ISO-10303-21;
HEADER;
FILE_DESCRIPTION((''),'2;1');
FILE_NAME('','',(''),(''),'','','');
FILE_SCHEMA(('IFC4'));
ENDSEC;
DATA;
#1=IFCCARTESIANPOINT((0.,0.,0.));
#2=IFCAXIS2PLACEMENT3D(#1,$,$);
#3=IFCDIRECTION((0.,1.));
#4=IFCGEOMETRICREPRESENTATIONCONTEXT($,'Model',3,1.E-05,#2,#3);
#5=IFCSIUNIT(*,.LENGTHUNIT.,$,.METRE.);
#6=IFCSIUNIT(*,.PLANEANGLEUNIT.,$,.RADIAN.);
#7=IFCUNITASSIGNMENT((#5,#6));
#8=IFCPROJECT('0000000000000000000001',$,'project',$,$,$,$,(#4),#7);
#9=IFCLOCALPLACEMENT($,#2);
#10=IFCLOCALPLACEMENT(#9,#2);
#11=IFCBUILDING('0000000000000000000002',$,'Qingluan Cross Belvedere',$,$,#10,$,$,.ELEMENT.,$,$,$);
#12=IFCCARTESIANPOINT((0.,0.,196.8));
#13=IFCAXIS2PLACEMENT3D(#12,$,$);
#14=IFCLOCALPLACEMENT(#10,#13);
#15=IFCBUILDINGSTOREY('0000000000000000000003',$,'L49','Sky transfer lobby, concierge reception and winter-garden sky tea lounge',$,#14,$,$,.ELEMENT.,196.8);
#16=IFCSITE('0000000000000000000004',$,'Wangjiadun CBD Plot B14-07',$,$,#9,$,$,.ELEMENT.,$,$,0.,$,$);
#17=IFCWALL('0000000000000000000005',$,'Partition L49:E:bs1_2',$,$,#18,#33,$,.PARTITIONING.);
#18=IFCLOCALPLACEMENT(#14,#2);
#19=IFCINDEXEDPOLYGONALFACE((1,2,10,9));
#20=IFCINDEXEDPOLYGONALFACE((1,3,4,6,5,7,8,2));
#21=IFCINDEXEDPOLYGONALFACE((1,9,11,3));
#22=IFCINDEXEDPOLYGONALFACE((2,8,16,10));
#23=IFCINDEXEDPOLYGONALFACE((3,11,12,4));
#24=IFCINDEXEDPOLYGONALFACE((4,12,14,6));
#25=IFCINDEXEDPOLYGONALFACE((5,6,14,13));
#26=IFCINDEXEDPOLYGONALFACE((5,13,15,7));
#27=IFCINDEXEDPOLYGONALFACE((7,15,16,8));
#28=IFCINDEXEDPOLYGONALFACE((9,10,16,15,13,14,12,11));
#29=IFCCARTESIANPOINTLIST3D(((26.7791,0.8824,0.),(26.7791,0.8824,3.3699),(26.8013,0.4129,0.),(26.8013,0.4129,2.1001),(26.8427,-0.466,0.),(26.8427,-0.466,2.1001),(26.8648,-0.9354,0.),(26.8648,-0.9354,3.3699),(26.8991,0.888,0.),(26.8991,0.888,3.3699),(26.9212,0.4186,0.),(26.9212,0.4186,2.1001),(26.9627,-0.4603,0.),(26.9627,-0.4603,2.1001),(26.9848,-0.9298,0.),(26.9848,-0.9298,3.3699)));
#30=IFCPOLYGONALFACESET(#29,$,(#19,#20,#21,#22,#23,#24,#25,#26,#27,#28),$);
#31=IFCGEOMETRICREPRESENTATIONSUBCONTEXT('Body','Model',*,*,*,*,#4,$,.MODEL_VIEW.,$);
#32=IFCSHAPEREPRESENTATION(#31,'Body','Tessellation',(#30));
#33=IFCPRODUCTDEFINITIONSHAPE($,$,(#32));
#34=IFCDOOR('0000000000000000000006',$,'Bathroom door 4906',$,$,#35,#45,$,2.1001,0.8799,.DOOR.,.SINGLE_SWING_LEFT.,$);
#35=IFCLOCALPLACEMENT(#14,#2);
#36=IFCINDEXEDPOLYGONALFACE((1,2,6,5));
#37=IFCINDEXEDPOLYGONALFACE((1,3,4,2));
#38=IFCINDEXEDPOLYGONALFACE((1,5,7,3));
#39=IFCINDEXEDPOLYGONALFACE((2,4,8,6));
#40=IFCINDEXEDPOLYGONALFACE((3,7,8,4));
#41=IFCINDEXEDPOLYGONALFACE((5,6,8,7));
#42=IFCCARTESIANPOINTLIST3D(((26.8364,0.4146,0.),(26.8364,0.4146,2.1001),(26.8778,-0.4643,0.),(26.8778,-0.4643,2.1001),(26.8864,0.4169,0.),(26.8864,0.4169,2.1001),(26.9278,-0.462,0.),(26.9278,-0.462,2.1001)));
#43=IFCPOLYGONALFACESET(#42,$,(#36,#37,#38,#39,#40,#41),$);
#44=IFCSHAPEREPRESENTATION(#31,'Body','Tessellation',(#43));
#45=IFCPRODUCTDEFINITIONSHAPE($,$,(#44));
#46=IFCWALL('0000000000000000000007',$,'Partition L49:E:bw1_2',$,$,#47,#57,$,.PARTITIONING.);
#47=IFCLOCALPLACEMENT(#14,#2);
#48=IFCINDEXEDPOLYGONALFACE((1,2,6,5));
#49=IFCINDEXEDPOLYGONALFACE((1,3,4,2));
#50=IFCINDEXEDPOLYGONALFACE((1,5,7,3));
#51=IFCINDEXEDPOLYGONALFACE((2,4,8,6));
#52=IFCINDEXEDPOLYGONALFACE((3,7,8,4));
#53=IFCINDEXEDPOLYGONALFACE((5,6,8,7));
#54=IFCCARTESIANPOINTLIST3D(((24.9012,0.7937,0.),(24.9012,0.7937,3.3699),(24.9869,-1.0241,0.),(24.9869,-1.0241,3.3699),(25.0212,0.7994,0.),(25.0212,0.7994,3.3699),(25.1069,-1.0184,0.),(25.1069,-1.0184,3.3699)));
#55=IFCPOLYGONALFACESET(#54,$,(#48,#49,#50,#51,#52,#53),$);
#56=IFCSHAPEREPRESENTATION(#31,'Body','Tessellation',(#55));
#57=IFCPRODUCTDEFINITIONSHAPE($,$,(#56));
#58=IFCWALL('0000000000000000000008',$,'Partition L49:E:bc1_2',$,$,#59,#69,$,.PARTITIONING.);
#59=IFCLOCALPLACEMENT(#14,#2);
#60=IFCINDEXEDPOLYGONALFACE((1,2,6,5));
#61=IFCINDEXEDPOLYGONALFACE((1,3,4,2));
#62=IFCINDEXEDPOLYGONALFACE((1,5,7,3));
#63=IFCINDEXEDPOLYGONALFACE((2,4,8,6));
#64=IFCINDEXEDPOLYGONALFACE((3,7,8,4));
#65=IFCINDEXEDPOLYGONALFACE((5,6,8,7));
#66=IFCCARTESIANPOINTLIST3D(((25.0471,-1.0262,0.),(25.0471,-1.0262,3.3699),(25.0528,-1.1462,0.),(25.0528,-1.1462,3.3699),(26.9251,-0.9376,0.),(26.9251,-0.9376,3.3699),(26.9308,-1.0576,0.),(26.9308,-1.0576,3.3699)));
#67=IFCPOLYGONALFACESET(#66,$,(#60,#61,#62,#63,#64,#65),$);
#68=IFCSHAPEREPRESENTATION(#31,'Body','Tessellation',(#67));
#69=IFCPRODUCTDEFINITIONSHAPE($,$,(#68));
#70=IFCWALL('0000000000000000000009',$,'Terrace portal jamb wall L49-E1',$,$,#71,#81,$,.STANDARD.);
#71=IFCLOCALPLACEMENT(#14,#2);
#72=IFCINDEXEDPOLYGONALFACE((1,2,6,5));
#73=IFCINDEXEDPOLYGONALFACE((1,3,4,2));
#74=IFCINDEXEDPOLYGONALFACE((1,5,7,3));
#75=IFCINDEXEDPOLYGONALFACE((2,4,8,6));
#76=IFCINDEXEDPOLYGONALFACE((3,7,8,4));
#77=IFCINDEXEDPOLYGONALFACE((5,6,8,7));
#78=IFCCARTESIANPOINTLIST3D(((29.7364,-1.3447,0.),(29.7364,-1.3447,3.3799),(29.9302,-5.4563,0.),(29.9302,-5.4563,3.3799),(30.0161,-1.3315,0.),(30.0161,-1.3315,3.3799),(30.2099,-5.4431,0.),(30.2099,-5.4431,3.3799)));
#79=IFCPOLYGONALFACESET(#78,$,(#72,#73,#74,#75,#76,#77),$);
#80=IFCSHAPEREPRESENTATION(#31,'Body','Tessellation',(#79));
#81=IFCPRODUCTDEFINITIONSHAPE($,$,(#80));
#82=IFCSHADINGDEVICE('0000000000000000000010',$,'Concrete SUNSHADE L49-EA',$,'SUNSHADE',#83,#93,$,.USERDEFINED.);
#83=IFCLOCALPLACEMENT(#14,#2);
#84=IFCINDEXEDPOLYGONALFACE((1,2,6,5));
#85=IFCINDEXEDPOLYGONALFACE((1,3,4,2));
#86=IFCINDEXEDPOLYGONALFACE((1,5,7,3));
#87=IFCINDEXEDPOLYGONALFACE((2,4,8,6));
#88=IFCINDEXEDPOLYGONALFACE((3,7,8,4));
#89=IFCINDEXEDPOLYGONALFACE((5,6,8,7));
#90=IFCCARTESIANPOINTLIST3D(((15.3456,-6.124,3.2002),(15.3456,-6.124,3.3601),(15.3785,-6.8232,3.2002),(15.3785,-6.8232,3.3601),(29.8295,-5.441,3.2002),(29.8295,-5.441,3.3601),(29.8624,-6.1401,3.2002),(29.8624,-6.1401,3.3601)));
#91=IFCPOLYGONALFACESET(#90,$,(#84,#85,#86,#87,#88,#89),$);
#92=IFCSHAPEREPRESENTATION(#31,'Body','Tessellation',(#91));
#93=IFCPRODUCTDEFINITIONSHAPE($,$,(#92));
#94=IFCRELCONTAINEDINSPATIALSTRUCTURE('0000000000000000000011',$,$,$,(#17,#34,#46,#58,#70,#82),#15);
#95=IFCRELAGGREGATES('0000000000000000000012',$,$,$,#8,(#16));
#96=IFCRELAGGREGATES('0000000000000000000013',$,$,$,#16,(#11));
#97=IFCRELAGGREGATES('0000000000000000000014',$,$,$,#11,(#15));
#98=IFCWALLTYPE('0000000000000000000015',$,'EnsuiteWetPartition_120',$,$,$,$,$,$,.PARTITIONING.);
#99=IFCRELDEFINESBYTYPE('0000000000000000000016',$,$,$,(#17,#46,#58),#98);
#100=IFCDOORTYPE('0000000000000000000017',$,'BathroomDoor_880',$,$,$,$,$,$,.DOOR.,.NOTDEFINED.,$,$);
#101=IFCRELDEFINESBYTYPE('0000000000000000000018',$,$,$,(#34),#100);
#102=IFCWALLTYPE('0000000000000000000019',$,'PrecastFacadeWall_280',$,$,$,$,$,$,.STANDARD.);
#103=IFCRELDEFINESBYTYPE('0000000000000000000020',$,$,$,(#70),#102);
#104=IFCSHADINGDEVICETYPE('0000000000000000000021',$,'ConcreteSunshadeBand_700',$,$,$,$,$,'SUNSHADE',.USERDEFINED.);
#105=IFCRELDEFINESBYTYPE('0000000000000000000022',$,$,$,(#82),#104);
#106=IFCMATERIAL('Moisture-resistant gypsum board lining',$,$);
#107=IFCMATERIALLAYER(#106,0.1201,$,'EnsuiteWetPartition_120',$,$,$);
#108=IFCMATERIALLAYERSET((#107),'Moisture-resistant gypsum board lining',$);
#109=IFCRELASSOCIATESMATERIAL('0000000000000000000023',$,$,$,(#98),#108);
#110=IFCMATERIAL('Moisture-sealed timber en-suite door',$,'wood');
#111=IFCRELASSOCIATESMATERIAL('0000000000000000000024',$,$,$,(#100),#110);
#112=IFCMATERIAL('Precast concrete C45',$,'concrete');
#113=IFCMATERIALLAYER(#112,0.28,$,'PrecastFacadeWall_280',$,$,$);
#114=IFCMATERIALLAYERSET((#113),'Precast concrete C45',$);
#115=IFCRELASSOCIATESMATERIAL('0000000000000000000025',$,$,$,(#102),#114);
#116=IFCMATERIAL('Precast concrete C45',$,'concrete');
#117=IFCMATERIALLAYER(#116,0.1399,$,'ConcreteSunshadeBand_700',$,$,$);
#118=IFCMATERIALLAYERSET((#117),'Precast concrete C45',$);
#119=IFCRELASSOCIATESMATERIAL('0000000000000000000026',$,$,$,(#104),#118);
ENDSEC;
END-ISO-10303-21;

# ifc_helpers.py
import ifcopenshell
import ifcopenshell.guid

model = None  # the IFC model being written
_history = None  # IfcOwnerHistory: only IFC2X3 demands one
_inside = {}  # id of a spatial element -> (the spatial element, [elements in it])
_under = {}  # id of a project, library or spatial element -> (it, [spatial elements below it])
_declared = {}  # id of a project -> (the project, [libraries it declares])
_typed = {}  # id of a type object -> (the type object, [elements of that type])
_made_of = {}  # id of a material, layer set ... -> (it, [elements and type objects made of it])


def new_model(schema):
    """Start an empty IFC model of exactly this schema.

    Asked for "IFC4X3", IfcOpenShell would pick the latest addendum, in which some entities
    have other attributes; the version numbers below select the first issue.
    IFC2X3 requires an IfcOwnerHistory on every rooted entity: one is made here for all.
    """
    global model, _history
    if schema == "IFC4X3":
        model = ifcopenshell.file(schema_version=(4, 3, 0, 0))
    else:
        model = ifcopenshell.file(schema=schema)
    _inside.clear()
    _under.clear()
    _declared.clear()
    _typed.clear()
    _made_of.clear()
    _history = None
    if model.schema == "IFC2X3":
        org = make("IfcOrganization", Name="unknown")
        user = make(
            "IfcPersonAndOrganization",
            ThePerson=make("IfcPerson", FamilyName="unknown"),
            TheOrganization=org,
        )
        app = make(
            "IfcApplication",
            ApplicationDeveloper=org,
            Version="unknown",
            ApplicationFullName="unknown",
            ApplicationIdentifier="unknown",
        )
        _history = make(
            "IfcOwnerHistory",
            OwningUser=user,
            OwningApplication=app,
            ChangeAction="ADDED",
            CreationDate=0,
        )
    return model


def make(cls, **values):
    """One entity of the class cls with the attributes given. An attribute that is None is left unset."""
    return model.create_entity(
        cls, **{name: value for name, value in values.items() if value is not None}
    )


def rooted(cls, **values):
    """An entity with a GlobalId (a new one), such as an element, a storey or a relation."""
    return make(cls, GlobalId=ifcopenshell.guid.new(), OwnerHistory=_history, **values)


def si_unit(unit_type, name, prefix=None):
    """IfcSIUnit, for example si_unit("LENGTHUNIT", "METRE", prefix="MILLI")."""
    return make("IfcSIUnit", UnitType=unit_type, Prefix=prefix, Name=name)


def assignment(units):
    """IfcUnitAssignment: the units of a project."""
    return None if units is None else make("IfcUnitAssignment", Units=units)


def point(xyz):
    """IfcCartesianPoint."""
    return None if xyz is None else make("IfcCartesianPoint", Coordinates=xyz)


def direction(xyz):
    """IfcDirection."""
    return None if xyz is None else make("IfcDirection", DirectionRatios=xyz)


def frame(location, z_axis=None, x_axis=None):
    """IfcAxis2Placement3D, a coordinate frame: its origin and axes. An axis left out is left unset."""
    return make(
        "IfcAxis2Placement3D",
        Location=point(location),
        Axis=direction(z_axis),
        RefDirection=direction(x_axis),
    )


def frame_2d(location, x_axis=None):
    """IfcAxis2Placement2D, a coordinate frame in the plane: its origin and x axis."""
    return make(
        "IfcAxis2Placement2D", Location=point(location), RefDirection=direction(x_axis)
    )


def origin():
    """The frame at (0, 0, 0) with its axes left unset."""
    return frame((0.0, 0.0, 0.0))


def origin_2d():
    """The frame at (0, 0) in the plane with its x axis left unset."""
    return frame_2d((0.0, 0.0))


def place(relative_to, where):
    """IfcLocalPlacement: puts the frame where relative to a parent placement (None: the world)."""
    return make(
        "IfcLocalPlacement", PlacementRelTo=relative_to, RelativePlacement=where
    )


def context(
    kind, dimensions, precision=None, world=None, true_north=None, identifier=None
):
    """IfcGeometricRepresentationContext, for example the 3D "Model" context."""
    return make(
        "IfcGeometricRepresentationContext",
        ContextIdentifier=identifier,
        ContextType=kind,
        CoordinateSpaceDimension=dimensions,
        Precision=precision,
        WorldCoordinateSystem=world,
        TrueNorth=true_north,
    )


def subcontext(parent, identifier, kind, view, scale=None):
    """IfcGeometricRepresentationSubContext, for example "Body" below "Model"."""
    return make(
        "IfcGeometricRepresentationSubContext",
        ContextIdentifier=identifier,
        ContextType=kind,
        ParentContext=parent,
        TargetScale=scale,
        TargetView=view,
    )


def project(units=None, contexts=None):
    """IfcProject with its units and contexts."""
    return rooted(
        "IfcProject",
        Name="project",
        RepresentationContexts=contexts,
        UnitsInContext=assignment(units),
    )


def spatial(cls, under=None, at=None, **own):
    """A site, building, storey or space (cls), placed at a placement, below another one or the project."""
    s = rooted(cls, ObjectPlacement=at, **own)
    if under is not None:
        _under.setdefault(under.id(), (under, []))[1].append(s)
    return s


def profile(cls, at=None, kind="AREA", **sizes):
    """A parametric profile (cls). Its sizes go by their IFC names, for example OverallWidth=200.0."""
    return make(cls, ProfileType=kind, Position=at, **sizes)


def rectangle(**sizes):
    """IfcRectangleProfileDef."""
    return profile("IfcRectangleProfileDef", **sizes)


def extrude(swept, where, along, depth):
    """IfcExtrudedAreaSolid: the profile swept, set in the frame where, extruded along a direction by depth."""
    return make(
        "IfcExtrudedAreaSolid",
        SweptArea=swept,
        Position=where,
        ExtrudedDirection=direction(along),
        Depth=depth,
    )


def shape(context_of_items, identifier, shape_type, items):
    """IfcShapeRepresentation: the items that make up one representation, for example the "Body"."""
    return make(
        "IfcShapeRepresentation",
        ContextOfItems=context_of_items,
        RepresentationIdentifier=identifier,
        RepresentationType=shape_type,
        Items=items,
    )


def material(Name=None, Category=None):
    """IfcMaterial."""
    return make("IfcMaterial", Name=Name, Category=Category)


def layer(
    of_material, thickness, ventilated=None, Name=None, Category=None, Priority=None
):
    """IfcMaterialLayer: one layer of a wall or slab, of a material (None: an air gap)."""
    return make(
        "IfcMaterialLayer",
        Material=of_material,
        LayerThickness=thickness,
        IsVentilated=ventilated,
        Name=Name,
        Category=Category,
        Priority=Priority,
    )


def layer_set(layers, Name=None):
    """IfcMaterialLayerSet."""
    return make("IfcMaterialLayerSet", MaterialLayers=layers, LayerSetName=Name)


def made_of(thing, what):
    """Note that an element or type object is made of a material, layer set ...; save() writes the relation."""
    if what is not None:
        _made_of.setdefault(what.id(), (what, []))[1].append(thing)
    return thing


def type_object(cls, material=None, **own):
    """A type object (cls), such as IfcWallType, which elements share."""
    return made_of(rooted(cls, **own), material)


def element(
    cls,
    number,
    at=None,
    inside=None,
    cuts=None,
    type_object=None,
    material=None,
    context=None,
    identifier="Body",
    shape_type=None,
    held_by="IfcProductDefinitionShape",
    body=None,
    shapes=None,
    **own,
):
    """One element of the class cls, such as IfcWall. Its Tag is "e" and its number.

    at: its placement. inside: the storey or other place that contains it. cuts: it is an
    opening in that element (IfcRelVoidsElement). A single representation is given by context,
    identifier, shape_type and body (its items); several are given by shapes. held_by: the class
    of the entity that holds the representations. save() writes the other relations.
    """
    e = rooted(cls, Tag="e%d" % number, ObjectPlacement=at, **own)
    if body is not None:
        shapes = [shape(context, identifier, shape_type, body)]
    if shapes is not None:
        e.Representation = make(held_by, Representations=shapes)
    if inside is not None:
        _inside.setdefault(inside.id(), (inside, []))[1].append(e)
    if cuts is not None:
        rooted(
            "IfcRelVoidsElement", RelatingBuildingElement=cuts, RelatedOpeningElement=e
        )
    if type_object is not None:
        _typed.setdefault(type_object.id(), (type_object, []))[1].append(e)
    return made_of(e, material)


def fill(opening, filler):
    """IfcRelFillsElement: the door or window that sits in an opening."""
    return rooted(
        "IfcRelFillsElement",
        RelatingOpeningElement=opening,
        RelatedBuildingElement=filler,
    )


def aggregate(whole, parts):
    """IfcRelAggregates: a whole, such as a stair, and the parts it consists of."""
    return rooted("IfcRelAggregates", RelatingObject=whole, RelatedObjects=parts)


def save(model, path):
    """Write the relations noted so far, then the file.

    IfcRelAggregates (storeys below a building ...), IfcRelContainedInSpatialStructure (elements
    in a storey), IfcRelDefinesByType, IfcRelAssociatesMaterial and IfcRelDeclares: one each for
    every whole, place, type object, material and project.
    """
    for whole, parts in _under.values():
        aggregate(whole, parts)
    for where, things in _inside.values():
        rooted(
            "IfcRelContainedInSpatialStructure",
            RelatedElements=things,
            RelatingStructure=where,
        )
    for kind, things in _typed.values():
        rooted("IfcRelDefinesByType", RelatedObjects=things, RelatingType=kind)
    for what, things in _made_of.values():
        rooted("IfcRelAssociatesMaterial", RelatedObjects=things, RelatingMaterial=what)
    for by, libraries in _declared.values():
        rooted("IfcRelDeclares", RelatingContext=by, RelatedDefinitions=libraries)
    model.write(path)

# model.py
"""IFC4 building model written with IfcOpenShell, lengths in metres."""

from ifc_helpers import new_model, si_unit, direction, frame, frame_2d, origin, origin_2d, place, context, subcontext, project, spatial, rectangle, extrude, material, layer, layer_set, type_object, element, fill, save


model = new_model("IFC4")

# Units and contexts
model_context = context("Model", 3, precision=1e-05, world=origin(), true_north=direction((0.0, 1.0)))
body_context = subcontext(model_context, "Body", "Model", "MODEL_VIEW")
ifc_project = project(units=[si_unit("LENGTHUNIT", "METRE"), si_unit("PLANEANGLEUNIT", "RADIAN")], contexts=[model_context])

# Site, building, storey
site_placement = place(None, origin())
site = spatial("IfcSite", under=ifc_project, at=site_placement, Name="Wangjiadun CBD Plot B14-07", CompositionType="ELEMENT", RefElevation=0.0)
building_placement = place(site_placement, origin())
building = spatial("IfcBuilding", under=site, at=building_placement, Name="Qingluan Cross Belvedere", CompositionType="ELEMENT")
storey_placement = place(building_placement, frame((0.0, 0.0, 196.8)))
storey = spatial("IfcBuildingStorey", under=building, at=storey_placement, Name="L49", Description="Sky transfer lobby, concierge reception and winter-garden sky tea lounge", CompositionType="ELEMENT", Elevation=196.8)

# Shared definitions
ifc_material_1 = material(Name="Moisture-resistant gypsum board lining")
ifc_layer_1 = layer(ifc_material_1, 0.1201, Name="EnsuiteWetPartition_120")
ifc_layer_set_1 = layer_set([ifc_layer_1], Name="Moisture-resistant gypsum board lining")
wall_type_1 = type_object("IfcWallType", Name="EnsuiteWetPartition_120", PredefinedType="PARTITIONING", material=ifc_layer_set_1)
ifc_material_2 = material(Name="Moisture-sealed timber en-suite door", Category="wood")
door_type = type_object("IfcDoorType", Name="BathroomDoor_880", OperationType="NOTDEFINED", PredefinedType="DOOR", material=ifc_material_2)

# Wall, opening, door
wall_1_placement = place(storey_placement, frame((26.9248, -0.9326, 0.0), z_axis=(0.0, 0.0, 1.0), x_axis=(-0.047087, 0.998891, 0.0)))
wall_1 = element("IfcWall", 1, at=wall_1_placement, inside=storey, type_object=wall_type_1, Name="Partition L49:E:bs1_2", PredefinedType="PARTITIONING", context=body_context, shape_type="SweptSolid", body=[
    extrude(rectangle(XDim=1.8198, YDim=0.1201, at=frame_2d((0.9099, 0.0))), origin(), (0.0, 0.0, 1.0), 3.3699),
])
opening_1_placement = place(wall_1_placement, frame((0.47, 0.0, 0.0)))
opening_1 = element("IfcOpeningElement", 2, at=opening_1_placement, cuts=wall_1, PredefinedType="OPENING", context=body_context, shape_type="SweptSolid", body=[
    extrude(rectangle(XDim=0.8799, YDim=2.1001, at=frame_2d((0.4399, 1.05))), frame((0.0, 0.0701, 0.0), z_axis=(0.0, -1.0, 0.0), x_axis=(1.0, 0.0, 0.0)), (0.0, 0.0, 1.0), 0.1401),
])
door_1_placement = place(opening_1_placement, origin())
door_1 = element("IfcDoor", 3, at=door_1_placement, inside=storey, type_object=door_type, Name="Bathroom door 4906", OperationType="SINGLE_SWING_LEFT", OverallHeight=2.1001, OverallWidth=0.8799, PredefinedType="DOOR", context=body_context, shape_type="SweptSolid", body=[
    extrude(rectangle(XDim=0.8799, YDim=2.1001, at=frame_2d((0.4399, 1.05))), frame((0.0, 0.0249, 0.0), z_axis=(0.0, -1.0, 0.0), x_axis=(1.0, 0.0, 0.0)), (0.0, 0.0, 1.0), 0.05),
])
fill(opening_1, door_1)

# Walls
wall_2_placement = place(storey_placement, frame((25.0469, -1.0212, 0.0), z_axis=(0.0, 0.0, 1.0), x_axis=(-0.047087, 0.998891, 0.0)))
element("IfcWall", 4, at=wall_2_placement, inside=storey, type_object=wall_type_1, Name="Partition L49:E:bw1_2", PredefinedType="PARTITIONING", context=body_context, shape_type="SweptSolid", body=[
    extrude(rectangle(XDim=1.8198, YDim=0.1201, at=frame_2d((0.9099, 0.0))), origin(), (0.0, 0.0, 1.0), 3.3699),
])
wall_3_placement = place(storey_placement, frame((25.05, -1.0862, 0.0), z_axis=(0.0, 0.0, 1.0), x_axis=(0.998888, 0.047139, 0.0)))
element("IfcWall", 5, at=wall_3_placement, inside=storey, type_object=wall_type_1, Name="Partition L49:E:bc1_2", PredefinedType="PARTITIONING", context=body_context, shape_type="SweptSolid", body=[
    extrude(rectangle(XDim=1.8801, YDim=0.1201, at=frame_2d((0.9399, 0.0))), origin(), (0.0, 0.0, 1.0), 3.3699),
])
ifc_material_3 = material(Name="Precast concrete C45", Category="concrete")
ifc_layer_2 = layer(ifc_material_3, 0.28, Name="PrecastFacadeWall_280")
ifc_layer_set_2 = layer_set([ifc_layer_2], Name="Precast concrete C45")
wall_type_2 = type_object("IfcWallType", Name="PrecastFacadeWall_280", PredefinedType="STANDARD", material=ifc_layer_set_2)
wall_4_placement = place(storey_placement, frame((30.0701, -5.4497, 0.0), z_axis=(0.0, 0.0, 1.0), x_axis=(-0.047095, 0.99889, 0.0)))
element("IfcWall", 6, at=wall_4_placement, inside=storey, type_object=wall_type_2, Name="Terrace portal jamb wall L49-E1", PredefinedType="STANDARD", context=body_context, shape_type="SweptSolid", body=[
    extrude(rectangle(XDim=4.1162, YDim=0.28, at=frame_2d((2.0581, 0.0))), origin(), (0.0, 0.0, 1.0), 3.3799),
])

# Shading device
ifc_material_4 = material(Name="Precast concrete C45", Category="concrete")
ifc_layer_3 = layer(ifc_material_4, 0.1399, Name="ConcreteSunshadeBand_700")
ifc_layer_set_3 = layer_set([ifc_layer_3], Name="Precast concrete C45")
shading_device_type = type_object("IfcShadingDeviceType", Name="ConcreteSunshadeBand_700", ElementType="SUNSHADE", PredefinedType="USERDEFINED", material=ifc_layer_set_3)
shading_device_placement = place(storey_placement, frame((22.604, -6.1321, 3.2002), z_axis=(0.0, 0.0, 1.0), x_axis=(0.99889, 0.047109, 0.0)))
element("IfcShadingDevice", 7, at=shading_device_placement, inside=storey, type_object=shading_device_type, Name="Concrete SUNSHADE L49-EA", ObjectType="SUNSHADE", PredefinedType="USERDEFINED", context=body_context, shape_type="SweptSolid", body=[
    extrude(rectangle(XDim=14.5, YDim=0.7, at=origin_2d()), origin(), (0.0, 0.0, 1.0), 0.1599),
])

save(model, "model.ifc")
